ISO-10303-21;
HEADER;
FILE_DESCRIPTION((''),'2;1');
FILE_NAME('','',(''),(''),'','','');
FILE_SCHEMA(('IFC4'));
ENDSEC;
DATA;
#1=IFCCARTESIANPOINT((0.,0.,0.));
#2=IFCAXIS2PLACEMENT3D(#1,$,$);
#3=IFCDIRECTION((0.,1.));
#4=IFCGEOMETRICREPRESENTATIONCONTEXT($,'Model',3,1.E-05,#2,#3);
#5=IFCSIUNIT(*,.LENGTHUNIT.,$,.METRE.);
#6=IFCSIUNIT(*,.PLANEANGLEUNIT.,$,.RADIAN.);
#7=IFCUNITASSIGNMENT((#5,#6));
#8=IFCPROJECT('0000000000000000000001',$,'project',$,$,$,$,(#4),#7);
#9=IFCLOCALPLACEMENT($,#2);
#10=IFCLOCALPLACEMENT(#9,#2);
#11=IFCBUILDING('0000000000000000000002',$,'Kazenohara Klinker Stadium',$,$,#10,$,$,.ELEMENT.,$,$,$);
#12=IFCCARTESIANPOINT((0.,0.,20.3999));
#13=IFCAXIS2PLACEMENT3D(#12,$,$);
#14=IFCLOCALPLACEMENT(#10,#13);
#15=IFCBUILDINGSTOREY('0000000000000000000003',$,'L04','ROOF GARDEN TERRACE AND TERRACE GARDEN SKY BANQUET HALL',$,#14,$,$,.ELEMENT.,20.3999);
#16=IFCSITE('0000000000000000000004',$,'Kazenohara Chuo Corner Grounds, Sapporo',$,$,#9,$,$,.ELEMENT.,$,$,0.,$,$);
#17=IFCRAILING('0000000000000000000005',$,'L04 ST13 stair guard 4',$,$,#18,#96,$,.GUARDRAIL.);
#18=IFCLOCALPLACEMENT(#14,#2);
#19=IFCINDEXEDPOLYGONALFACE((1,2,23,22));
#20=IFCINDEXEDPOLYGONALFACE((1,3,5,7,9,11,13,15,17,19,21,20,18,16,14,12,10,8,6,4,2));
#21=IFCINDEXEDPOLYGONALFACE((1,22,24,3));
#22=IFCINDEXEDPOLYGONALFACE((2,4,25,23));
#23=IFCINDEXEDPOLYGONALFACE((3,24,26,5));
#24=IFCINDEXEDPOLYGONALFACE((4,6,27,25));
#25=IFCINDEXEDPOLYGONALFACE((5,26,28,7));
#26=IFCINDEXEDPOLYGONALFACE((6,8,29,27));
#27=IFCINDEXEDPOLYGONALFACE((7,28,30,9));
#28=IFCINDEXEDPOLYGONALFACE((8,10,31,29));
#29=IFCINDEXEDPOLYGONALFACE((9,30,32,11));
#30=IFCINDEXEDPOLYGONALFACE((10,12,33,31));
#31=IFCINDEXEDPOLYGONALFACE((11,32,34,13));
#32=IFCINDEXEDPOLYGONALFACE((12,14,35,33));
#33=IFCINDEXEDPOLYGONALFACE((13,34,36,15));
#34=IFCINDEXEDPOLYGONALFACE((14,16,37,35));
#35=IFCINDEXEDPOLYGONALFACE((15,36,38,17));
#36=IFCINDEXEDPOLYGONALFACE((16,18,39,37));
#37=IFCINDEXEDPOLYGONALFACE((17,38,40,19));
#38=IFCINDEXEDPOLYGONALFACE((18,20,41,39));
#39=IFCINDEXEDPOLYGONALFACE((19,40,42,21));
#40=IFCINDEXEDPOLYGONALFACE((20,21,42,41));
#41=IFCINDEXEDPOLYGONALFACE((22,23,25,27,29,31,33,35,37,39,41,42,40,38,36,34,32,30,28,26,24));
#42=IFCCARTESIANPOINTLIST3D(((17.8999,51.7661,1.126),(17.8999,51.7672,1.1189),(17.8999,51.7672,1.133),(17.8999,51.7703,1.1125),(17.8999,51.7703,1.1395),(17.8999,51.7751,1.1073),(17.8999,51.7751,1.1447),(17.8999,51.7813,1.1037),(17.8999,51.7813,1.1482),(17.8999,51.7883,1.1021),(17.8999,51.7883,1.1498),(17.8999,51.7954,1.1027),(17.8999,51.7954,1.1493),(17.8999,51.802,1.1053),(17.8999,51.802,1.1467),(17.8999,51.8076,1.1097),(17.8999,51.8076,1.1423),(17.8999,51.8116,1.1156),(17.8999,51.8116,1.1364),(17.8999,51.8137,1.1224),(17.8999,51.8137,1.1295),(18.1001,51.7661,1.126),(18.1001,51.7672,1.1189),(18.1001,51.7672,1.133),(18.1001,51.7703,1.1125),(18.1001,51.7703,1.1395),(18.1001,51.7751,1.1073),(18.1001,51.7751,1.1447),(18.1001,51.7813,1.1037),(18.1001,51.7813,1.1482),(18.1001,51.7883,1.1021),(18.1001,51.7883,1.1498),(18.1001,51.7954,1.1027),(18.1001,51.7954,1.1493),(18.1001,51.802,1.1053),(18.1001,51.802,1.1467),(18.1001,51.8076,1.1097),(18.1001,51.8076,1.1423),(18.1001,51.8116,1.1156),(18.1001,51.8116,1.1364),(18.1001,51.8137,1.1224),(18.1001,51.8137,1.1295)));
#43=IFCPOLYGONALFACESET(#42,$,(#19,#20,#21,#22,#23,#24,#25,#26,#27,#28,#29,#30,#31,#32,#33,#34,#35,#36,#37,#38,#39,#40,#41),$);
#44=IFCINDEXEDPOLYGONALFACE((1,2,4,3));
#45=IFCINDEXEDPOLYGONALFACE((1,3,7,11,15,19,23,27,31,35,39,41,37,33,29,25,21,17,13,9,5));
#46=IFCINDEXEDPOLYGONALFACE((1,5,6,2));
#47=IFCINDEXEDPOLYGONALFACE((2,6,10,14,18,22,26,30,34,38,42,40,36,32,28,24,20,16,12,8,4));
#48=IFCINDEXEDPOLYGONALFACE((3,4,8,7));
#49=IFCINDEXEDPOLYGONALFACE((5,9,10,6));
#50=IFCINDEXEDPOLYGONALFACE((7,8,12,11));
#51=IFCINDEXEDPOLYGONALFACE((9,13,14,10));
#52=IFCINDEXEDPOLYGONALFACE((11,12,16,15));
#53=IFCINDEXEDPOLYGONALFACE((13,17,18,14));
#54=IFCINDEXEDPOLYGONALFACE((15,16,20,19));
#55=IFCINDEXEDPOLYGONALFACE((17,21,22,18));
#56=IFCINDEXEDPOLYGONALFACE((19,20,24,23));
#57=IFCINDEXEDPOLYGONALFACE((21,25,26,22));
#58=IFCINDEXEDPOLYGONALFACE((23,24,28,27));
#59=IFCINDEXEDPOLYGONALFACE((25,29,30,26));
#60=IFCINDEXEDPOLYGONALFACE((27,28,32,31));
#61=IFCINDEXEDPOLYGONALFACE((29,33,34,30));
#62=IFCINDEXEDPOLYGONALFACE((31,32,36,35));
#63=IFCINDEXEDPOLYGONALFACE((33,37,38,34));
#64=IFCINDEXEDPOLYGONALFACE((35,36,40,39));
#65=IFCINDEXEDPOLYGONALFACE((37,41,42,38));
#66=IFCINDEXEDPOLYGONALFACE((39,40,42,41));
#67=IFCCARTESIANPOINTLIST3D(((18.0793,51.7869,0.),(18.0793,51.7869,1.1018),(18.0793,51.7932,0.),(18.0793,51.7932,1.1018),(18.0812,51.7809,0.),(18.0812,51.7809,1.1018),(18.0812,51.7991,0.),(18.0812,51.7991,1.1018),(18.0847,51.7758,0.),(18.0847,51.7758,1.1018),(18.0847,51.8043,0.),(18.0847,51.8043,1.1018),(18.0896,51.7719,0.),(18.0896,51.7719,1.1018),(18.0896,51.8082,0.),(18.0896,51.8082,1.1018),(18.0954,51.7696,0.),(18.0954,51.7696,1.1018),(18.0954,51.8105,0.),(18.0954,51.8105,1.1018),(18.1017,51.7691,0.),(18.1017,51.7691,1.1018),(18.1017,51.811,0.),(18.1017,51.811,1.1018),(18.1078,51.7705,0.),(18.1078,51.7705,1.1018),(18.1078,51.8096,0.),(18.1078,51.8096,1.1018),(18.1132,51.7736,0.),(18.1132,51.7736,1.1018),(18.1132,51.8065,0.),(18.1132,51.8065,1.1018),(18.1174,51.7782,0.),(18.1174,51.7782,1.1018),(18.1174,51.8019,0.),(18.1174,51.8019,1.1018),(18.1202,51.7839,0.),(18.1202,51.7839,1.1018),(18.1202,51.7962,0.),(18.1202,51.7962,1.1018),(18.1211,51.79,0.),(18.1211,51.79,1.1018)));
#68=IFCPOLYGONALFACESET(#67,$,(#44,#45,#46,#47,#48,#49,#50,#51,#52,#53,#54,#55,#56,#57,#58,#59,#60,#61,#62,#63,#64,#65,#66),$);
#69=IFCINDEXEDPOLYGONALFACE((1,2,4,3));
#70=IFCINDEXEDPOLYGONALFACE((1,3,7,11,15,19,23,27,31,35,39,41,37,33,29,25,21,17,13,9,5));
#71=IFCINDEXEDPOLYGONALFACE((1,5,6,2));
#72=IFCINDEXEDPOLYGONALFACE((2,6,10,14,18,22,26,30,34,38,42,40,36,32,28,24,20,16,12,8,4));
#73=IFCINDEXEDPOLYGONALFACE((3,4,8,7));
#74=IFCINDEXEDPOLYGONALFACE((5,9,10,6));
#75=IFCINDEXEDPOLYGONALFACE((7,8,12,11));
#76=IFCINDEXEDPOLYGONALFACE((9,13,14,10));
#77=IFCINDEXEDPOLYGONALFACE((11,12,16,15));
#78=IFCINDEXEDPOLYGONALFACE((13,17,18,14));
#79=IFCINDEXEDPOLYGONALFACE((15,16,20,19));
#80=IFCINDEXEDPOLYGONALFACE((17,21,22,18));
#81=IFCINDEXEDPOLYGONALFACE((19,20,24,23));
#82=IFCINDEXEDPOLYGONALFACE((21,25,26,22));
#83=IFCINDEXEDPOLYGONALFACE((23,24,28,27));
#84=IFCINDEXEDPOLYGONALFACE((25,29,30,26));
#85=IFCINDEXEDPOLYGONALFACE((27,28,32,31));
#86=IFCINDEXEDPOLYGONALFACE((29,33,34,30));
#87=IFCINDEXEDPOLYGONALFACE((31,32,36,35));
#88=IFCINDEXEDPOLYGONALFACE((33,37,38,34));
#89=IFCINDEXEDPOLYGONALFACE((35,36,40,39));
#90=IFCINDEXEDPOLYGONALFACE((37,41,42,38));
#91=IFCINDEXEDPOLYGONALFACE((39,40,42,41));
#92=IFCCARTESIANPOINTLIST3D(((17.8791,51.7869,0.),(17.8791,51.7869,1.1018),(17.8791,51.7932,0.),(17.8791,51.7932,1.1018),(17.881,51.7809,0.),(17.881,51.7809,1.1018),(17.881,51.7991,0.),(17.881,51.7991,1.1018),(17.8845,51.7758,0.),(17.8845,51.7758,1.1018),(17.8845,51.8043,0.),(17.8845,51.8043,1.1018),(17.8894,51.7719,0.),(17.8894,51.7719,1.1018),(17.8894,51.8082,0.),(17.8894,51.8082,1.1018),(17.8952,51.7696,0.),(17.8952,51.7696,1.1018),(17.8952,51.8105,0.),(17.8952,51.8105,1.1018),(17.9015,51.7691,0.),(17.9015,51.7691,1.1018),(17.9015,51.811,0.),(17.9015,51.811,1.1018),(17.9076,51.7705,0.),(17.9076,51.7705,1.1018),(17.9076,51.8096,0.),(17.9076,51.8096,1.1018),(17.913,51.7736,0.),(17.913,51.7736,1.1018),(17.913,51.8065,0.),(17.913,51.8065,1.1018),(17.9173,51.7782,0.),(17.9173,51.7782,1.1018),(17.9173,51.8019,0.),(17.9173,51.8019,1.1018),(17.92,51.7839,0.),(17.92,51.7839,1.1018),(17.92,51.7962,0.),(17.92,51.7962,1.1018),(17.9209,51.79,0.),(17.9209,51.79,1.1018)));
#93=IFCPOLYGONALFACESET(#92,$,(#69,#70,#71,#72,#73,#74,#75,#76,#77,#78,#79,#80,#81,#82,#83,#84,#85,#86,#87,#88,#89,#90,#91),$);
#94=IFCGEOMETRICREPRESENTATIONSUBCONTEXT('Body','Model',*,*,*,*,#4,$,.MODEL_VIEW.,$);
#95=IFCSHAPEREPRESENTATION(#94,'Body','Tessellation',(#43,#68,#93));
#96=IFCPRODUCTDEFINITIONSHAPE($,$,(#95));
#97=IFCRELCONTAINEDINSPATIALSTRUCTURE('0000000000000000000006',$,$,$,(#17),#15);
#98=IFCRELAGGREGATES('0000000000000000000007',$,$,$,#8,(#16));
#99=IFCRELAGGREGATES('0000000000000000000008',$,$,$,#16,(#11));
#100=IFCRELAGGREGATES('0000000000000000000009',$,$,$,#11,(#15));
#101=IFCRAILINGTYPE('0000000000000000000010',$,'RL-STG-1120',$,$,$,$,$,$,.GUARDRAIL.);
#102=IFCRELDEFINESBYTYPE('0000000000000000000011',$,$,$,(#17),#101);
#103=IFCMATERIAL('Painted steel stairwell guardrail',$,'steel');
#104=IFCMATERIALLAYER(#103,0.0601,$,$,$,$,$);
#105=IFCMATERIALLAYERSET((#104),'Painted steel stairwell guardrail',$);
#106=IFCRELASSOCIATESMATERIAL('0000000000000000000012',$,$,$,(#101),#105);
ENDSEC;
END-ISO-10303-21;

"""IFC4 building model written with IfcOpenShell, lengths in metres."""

from ifc_helpers import new_model, si_unit, direction, frame, origin, origin_2d, place, context, subcontext, project, spatial, circle, extrude, material, layer, layer_set, type_object, element, save


model = new_model("IFC4")

# Units and contexts
model_context = context("Model", 3, precision=1e-05, world=origin(), true_north=direction((0.0, 1.0)))
body_context = subcontext(model_context, "Body", "Model", "MODEL_VIEW")
ifc_project = project(units=[si_unit("LENGTHUNIT", "METRE"), si_unit("PLANEANGLEUNIT", "RADIAN")], contexts=[model_context])

# Site, building, storey
site_placement = place(None, origin())
site = spatial("IfcSite", under=ifc_project, at=site_placement, Name="Kazenohara Chuo Corner Grounds, Sapporo", CompositionType="ELEMENT", RefElevation=0.0)
building_placement = place(site_placement, origin())
building = spatial("IfcBuilding", under=site, at=building_placement, Name="Kazenohara Klinker Stadium", CompositionType="ELEMENT")
storey_placement = place(building_placement, frame((0.0, 0.0, 20.3999)))
storey = spatial("IfcBuildingStorey", under=building, at=storey_placement, Name="L04", Description="ROOF GARDEN TERRACE AND TERRACE GARDEN SKY BANQUET HALL", CompositionType="ELEMENT", Elevation=20.3999)

# Railing
ifc_material_1 = material(Name="Painted steel stairwell guardrail", Category="steel")
ifc_layer_1 = layer(ifc_material_1, 0.0601)
ifc_layer_set_1 = layer_set([ifc_layer_1], Name="Painted steel stairwell guardrail")
railing_type_1 = type_object("IfcRailingType", Name="RL-STG-1120", PredefinedType="GUARDRAIL", material=ifc_layer_set_1)
railing_1_placement = place(storey_placement, frame((18.1001, 51.79, 0.0)))
element("IfcRailing", 1, at=railing_1_placement, inside=storey, type_object=railing_type_1, Name="L04 ST13 stair guard 4", PredefinedType="GUARDRAIL", context=body_context, shape_type="SweptSolid", body=[
    extrude(circle(Radius=0.0239, at=origin_2d()), frame((0.0, 0.0, 1.126), z_axis=(-1.0, 0.0, 0.0), x_axis=(0.0, -1.0, 0.0)), (0.0, 0.0, 1.0), 0.2002),
    extrude(circle(Radius=0.021, at=origin_2d()), origin(), (0.0, 0.0, 1.0), 1.1018),
    extrude(circle(Radius=0.021, at=origin_2d()), frame((-0.2002, 0.0, 0.0)), (0.0, 0.0, 1.0), 1.1018),
])

save(model, "model.ifc")
